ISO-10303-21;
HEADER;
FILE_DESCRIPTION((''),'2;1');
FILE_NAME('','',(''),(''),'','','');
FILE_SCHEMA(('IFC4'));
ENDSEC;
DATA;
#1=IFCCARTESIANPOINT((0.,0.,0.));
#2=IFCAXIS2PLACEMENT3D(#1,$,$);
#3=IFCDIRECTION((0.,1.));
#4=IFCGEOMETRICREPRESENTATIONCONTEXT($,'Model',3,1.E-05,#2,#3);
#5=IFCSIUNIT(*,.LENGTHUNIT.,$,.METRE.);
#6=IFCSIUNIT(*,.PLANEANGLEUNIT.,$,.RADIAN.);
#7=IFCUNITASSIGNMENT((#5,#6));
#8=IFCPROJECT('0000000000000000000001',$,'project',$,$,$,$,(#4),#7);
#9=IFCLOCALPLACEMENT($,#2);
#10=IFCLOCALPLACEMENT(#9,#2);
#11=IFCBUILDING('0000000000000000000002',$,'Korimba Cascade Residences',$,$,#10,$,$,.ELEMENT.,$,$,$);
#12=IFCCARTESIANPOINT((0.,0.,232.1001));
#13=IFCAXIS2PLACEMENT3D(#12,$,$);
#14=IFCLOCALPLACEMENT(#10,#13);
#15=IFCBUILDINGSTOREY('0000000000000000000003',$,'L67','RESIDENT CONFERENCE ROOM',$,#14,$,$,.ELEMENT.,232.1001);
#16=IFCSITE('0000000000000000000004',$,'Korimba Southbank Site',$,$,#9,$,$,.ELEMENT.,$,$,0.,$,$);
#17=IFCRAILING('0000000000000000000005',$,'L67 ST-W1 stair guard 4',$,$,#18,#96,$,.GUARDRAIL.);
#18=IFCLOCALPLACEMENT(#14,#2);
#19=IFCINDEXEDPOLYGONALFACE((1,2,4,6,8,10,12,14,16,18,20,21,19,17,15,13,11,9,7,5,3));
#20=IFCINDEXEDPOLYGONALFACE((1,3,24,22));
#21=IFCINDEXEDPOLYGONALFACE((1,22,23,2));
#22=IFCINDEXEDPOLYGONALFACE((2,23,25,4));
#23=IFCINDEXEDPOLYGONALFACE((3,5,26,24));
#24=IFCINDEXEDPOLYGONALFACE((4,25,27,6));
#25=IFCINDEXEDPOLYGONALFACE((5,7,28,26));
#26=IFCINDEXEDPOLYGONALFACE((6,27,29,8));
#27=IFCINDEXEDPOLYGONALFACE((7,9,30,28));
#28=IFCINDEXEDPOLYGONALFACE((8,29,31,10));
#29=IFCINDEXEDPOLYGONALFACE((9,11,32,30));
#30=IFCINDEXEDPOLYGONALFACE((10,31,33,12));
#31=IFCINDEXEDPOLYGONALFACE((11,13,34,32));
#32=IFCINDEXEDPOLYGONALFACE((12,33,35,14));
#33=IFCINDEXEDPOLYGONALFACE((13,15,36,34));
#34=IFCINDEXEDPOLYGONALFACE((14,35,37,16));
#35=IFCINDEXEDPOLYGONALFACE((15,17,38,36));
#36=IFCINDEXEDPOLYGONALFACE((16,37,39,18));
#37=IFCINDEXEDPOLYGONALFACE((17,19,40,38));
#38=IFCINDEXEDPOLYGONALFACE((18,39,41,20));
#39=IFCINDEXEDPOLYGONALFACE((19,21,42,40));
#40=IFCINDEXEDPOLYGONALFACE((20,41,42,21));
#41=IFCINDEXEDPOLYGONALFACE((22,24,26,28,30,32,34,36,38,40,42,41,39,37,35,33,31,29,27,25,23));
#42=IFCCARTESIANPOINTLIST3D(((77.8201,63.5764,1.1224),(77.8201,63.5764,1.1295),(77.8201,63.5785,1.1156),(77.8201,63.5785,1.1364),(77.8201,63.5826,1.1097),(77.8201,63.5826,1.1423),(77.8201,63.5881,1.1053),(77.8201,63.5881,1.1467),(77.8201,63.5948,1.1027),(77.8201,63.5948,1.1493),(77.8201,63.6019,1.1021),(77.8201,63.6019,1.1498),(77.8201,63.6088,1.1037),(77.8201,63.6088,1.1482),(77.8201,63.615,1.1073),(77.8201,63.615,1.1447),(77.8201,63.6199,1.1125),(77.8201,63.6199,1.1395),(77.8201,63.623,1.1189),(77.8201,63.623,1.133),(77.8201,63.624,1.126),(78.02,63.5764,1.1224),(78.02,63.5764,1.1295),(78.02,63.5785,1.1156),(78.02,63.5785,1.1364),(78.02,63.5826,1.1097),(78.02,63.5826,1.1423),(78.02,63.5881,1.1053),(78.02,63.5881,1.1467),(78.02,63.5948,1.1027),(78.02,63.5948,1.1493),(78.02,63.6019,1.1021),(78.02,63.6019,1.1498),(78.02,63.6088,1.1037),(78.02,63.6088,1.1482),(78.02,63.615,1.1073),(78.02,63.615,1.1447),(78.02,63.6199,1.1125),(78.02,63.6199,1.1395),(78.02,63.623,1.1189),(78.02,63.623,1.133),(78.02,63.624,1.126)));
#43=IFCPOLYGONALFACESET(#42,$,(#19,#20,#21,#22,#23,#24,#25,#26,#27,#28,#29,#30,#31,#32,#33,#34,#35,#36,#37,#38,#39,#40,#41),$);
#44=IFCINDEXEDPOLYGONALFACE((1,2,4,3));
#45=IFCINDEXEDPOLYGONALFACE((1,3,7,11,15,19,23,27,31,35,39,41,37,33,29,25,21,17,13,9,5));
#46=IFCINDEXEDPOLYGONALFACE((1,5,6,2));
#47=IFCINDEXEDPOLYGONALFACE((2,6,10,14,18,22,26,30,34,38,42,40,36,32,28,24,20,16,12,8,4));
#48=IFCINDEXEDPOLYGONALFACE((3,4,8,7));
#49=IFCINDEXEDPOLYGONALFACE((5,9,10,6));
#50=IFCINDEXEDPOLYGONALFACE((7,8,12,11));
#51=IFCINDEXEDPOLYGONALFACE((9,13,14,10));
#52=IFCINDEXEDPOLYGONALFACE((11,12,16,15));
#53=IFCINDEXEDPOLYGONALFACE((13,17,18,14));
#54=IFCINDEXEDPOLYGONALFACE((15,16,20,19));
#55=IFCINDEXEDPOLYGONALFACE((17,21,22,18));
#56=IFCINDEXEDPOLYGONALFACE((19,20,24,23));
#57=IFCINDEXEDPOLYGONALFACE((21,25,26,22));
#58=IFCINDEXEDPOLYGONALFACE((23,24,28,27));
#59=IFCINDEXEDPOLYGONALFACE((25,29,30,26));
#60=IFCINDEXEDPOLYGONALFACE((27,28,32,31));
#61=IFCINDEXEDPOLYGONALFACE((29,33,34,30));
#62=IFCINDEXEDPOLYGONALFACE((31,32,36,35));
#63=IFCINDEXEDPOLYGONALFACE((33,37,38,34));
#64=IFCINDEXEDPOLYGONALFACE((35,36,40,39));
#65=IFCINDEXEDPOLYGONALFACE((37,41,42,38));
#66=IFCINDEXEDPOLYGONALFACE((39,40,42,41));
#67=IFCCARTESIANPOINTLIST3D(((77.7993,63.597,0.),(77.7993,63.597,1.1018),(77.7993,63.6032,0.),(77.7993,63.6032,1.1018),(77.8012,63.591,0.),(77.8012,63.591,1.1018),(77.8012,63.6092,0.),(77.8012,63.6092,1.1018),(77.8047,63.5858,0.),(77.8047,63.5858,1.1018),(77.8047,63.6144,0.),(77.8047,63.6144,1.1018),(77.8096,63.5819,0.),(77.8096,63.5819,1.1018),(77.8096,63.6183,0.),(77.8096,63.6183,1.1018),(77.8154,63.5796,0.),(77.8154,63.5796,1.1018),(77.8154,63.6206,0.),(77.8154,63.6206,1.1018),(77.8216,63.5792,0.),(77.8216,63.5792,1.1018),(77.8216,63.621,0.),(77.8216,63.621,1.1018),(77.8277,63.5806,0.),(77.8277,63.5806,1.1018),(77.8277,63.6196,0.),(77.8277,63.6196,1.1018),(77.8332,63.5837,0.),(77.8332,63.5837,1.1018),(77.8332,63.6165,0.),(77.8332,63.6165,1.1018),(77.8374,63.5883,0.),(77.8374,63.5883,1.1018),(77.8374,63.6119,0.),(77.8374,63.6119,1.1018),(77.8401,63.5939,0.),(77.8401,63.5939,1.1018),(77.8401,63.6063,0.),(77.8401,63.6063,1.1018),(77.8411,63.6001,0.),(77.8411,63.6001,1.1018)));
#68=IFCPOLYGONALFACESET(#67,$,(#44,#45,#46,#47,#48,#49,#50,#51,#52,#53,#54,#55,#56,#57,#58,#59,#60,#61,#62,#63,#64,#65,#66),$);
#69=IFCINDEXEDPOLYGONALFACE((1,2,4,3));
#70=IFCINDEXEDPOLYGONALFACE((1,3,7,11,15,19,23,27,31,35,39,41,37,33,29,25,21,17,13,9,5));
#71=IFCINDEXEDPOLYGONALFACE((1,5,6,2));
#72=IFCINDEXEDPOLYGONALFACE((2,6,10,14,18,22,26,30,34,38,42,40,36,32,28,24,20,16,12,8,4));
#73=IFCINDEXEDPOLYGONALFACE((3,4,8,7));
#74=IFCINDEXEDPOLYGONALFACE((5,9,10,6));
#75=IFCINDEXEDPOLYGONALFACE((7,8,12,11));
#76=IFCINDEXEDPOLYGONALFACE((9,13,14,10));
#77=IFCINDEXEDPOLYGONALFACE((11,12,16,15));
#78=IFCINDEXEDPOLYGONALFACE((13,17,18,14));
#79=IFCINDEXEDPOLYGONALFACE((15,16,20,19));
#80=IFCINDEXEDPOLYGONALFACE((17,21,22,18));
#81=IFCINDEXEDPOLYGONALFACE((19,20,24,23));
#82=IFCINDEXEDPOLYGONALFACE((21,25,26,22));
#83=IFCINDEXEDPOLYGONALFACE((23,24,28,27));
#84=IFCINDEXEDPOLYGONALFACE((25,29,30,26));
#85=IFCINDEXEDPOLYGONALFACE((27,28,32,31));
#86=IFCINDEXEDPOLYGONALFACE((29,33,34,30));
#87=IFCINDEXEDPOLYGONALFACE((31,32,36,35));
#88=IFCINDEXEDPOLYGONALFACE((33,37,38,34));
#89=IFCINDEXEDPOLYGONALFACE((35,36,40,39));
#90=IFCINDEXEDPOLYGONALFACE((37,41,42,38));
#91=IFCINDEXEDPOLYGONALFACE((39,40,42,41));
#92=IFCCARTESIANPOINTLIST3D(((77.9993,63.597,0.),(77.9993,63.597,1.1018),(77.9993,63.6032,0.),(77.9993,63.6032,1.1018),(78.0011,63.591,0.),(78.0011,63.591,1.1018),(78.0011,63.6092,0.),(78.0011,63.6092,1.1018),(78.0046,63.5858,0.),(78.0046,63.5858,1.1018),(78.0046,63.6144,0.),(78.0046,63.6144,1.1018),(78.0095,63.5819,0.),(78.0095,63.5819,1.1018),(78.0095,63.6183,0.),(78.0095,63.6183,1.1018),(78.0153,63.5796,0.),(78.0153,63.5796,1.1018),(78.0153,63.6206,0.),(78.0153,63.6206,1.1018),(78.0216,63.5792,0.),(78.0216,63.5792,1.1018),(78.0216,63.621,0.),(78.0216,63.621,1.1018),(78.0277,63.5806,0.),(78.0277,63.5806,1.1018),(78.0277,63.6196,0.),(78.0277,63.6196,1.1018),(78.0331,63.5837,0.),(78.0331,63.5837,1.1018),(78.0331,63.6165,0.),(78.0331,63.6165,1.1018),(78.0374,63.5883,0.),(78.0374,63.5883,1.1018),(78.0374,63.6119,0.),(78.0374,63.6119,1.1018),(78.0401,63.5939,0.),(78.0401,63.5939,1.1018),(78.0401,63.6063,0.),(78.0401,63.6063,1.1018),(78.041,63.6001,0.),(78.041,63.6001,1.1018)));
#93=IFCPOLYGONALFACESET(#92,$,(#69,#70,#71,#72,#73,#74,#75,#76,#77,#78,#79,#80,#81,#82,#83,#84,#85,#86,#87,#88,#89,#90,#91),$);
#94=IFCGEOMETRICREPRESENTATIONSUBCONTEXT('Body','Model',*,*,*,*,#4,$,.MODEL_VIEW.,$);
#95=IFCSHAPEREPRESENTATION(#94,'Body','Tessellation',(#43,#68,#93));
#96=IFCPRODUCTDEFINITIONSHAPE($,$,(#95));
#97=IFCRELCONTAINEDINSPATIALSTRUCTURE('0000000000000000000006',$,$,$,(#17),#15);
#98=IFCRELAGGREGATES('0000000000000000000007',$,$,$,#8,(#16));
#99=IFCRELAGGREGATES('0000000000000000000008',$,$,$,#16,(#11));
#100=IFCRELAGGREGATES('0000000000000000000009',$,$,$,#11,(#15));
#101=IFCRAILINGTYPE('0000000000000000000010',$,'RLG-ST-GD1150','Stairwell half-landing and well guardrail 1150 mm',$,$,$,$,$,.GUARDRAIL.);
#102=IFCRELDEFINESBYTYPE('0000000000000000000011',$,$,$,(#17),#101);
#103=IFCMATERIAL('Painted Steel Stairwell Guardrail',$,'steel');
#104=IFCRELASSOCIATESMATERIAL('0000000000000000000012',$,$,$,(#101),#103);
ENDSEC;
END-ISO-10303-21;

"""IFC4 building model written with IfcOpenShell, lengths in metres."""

from ifc_helpers import new_model, si_unit, direction, frame, origin, origin_2d, place, context, subcontext, project, spatial, circle, extrude, material, type_object, element, save


model = new_model("IFC4")

# Units and contexts
model_context = context("Model", 3, precision=1e-05, world=origin(), true_north=direction((0.0, 1.0)))
body_context = subcontext(model_context, "Body", "Model", "MODEL_VIEW")
ifc_project = project(units=[si_unit("LENGTHUNIT", "METRE"), si_unit("PLANEANGLEUNIT", "RADIAN")], contexts=[model_context])

# Site, building, storey
site_placement = place(None, origin())
site = spatial("IfcSite", under=ifc_project, at=site_placement, Name="Korimba Southbank Site", CompositionType="ELEMENT", RefElevation=0.0)
building_placement = place(site_placement, origin())
building = spatial("IfcBuilding", under=site, at=building_placement, Name="Korimba Cascade Residences", CompositionType="ELEMENT")
storey_placement = place(building_placement, frame((0.0, 0.0, 232.1001)))
storey = spatial("IfcBuildingStorey", under=building, at=storey_placement, Name="L67", Description="RESIDENT CONFERENCE ROOM", CompositionType="ELEMENT", Elevation=232.1001)

# Railing
ifc_material_1 = material(Name="Painted Steel Stairwell Guardrail", Category="steel")
railing_type_1 = type_object("IfcRailingType", Name="RLG-ST-GD1150", Description="Stairwell half-landing and well guardrail 1150 mm", PredefinedType="GUARDRAIL", material=ifc_material_1)
railing_1_placement = place(storey_placement, frame((77.8201, 63.6001, 0.0)))
element("IfcRailing", 1, at=railing_1_placement, inside=storey, type_object=railing_type_1, Name="L67 ST-W1 stair guard 4", PredefinedType="GUARDRAIL", context=body_context, shape_type="SweptSolid", body=[
    extrude(circle(Radius=0.0239, at=origin_2d()), frame((0.0, 0.0, 1.126), z_axis=(1.0, 0.0, 0.0), x_axis=(0.0, 1.0, 0.0)), (0.0, 0.0, 1.0), 0.2),
    extrude(circle(Radius=0.021, at=origin_2d()), origin(), (0.0, 0.0, 1.0), 1.1018),
    extrude(circle(Radius=0.021, at=origin_2d()), frame((0.2, 0.0, 0.0)), (0.0, 0.0, 1.0), 1.1018),
])

save(model, "model.ifc")
